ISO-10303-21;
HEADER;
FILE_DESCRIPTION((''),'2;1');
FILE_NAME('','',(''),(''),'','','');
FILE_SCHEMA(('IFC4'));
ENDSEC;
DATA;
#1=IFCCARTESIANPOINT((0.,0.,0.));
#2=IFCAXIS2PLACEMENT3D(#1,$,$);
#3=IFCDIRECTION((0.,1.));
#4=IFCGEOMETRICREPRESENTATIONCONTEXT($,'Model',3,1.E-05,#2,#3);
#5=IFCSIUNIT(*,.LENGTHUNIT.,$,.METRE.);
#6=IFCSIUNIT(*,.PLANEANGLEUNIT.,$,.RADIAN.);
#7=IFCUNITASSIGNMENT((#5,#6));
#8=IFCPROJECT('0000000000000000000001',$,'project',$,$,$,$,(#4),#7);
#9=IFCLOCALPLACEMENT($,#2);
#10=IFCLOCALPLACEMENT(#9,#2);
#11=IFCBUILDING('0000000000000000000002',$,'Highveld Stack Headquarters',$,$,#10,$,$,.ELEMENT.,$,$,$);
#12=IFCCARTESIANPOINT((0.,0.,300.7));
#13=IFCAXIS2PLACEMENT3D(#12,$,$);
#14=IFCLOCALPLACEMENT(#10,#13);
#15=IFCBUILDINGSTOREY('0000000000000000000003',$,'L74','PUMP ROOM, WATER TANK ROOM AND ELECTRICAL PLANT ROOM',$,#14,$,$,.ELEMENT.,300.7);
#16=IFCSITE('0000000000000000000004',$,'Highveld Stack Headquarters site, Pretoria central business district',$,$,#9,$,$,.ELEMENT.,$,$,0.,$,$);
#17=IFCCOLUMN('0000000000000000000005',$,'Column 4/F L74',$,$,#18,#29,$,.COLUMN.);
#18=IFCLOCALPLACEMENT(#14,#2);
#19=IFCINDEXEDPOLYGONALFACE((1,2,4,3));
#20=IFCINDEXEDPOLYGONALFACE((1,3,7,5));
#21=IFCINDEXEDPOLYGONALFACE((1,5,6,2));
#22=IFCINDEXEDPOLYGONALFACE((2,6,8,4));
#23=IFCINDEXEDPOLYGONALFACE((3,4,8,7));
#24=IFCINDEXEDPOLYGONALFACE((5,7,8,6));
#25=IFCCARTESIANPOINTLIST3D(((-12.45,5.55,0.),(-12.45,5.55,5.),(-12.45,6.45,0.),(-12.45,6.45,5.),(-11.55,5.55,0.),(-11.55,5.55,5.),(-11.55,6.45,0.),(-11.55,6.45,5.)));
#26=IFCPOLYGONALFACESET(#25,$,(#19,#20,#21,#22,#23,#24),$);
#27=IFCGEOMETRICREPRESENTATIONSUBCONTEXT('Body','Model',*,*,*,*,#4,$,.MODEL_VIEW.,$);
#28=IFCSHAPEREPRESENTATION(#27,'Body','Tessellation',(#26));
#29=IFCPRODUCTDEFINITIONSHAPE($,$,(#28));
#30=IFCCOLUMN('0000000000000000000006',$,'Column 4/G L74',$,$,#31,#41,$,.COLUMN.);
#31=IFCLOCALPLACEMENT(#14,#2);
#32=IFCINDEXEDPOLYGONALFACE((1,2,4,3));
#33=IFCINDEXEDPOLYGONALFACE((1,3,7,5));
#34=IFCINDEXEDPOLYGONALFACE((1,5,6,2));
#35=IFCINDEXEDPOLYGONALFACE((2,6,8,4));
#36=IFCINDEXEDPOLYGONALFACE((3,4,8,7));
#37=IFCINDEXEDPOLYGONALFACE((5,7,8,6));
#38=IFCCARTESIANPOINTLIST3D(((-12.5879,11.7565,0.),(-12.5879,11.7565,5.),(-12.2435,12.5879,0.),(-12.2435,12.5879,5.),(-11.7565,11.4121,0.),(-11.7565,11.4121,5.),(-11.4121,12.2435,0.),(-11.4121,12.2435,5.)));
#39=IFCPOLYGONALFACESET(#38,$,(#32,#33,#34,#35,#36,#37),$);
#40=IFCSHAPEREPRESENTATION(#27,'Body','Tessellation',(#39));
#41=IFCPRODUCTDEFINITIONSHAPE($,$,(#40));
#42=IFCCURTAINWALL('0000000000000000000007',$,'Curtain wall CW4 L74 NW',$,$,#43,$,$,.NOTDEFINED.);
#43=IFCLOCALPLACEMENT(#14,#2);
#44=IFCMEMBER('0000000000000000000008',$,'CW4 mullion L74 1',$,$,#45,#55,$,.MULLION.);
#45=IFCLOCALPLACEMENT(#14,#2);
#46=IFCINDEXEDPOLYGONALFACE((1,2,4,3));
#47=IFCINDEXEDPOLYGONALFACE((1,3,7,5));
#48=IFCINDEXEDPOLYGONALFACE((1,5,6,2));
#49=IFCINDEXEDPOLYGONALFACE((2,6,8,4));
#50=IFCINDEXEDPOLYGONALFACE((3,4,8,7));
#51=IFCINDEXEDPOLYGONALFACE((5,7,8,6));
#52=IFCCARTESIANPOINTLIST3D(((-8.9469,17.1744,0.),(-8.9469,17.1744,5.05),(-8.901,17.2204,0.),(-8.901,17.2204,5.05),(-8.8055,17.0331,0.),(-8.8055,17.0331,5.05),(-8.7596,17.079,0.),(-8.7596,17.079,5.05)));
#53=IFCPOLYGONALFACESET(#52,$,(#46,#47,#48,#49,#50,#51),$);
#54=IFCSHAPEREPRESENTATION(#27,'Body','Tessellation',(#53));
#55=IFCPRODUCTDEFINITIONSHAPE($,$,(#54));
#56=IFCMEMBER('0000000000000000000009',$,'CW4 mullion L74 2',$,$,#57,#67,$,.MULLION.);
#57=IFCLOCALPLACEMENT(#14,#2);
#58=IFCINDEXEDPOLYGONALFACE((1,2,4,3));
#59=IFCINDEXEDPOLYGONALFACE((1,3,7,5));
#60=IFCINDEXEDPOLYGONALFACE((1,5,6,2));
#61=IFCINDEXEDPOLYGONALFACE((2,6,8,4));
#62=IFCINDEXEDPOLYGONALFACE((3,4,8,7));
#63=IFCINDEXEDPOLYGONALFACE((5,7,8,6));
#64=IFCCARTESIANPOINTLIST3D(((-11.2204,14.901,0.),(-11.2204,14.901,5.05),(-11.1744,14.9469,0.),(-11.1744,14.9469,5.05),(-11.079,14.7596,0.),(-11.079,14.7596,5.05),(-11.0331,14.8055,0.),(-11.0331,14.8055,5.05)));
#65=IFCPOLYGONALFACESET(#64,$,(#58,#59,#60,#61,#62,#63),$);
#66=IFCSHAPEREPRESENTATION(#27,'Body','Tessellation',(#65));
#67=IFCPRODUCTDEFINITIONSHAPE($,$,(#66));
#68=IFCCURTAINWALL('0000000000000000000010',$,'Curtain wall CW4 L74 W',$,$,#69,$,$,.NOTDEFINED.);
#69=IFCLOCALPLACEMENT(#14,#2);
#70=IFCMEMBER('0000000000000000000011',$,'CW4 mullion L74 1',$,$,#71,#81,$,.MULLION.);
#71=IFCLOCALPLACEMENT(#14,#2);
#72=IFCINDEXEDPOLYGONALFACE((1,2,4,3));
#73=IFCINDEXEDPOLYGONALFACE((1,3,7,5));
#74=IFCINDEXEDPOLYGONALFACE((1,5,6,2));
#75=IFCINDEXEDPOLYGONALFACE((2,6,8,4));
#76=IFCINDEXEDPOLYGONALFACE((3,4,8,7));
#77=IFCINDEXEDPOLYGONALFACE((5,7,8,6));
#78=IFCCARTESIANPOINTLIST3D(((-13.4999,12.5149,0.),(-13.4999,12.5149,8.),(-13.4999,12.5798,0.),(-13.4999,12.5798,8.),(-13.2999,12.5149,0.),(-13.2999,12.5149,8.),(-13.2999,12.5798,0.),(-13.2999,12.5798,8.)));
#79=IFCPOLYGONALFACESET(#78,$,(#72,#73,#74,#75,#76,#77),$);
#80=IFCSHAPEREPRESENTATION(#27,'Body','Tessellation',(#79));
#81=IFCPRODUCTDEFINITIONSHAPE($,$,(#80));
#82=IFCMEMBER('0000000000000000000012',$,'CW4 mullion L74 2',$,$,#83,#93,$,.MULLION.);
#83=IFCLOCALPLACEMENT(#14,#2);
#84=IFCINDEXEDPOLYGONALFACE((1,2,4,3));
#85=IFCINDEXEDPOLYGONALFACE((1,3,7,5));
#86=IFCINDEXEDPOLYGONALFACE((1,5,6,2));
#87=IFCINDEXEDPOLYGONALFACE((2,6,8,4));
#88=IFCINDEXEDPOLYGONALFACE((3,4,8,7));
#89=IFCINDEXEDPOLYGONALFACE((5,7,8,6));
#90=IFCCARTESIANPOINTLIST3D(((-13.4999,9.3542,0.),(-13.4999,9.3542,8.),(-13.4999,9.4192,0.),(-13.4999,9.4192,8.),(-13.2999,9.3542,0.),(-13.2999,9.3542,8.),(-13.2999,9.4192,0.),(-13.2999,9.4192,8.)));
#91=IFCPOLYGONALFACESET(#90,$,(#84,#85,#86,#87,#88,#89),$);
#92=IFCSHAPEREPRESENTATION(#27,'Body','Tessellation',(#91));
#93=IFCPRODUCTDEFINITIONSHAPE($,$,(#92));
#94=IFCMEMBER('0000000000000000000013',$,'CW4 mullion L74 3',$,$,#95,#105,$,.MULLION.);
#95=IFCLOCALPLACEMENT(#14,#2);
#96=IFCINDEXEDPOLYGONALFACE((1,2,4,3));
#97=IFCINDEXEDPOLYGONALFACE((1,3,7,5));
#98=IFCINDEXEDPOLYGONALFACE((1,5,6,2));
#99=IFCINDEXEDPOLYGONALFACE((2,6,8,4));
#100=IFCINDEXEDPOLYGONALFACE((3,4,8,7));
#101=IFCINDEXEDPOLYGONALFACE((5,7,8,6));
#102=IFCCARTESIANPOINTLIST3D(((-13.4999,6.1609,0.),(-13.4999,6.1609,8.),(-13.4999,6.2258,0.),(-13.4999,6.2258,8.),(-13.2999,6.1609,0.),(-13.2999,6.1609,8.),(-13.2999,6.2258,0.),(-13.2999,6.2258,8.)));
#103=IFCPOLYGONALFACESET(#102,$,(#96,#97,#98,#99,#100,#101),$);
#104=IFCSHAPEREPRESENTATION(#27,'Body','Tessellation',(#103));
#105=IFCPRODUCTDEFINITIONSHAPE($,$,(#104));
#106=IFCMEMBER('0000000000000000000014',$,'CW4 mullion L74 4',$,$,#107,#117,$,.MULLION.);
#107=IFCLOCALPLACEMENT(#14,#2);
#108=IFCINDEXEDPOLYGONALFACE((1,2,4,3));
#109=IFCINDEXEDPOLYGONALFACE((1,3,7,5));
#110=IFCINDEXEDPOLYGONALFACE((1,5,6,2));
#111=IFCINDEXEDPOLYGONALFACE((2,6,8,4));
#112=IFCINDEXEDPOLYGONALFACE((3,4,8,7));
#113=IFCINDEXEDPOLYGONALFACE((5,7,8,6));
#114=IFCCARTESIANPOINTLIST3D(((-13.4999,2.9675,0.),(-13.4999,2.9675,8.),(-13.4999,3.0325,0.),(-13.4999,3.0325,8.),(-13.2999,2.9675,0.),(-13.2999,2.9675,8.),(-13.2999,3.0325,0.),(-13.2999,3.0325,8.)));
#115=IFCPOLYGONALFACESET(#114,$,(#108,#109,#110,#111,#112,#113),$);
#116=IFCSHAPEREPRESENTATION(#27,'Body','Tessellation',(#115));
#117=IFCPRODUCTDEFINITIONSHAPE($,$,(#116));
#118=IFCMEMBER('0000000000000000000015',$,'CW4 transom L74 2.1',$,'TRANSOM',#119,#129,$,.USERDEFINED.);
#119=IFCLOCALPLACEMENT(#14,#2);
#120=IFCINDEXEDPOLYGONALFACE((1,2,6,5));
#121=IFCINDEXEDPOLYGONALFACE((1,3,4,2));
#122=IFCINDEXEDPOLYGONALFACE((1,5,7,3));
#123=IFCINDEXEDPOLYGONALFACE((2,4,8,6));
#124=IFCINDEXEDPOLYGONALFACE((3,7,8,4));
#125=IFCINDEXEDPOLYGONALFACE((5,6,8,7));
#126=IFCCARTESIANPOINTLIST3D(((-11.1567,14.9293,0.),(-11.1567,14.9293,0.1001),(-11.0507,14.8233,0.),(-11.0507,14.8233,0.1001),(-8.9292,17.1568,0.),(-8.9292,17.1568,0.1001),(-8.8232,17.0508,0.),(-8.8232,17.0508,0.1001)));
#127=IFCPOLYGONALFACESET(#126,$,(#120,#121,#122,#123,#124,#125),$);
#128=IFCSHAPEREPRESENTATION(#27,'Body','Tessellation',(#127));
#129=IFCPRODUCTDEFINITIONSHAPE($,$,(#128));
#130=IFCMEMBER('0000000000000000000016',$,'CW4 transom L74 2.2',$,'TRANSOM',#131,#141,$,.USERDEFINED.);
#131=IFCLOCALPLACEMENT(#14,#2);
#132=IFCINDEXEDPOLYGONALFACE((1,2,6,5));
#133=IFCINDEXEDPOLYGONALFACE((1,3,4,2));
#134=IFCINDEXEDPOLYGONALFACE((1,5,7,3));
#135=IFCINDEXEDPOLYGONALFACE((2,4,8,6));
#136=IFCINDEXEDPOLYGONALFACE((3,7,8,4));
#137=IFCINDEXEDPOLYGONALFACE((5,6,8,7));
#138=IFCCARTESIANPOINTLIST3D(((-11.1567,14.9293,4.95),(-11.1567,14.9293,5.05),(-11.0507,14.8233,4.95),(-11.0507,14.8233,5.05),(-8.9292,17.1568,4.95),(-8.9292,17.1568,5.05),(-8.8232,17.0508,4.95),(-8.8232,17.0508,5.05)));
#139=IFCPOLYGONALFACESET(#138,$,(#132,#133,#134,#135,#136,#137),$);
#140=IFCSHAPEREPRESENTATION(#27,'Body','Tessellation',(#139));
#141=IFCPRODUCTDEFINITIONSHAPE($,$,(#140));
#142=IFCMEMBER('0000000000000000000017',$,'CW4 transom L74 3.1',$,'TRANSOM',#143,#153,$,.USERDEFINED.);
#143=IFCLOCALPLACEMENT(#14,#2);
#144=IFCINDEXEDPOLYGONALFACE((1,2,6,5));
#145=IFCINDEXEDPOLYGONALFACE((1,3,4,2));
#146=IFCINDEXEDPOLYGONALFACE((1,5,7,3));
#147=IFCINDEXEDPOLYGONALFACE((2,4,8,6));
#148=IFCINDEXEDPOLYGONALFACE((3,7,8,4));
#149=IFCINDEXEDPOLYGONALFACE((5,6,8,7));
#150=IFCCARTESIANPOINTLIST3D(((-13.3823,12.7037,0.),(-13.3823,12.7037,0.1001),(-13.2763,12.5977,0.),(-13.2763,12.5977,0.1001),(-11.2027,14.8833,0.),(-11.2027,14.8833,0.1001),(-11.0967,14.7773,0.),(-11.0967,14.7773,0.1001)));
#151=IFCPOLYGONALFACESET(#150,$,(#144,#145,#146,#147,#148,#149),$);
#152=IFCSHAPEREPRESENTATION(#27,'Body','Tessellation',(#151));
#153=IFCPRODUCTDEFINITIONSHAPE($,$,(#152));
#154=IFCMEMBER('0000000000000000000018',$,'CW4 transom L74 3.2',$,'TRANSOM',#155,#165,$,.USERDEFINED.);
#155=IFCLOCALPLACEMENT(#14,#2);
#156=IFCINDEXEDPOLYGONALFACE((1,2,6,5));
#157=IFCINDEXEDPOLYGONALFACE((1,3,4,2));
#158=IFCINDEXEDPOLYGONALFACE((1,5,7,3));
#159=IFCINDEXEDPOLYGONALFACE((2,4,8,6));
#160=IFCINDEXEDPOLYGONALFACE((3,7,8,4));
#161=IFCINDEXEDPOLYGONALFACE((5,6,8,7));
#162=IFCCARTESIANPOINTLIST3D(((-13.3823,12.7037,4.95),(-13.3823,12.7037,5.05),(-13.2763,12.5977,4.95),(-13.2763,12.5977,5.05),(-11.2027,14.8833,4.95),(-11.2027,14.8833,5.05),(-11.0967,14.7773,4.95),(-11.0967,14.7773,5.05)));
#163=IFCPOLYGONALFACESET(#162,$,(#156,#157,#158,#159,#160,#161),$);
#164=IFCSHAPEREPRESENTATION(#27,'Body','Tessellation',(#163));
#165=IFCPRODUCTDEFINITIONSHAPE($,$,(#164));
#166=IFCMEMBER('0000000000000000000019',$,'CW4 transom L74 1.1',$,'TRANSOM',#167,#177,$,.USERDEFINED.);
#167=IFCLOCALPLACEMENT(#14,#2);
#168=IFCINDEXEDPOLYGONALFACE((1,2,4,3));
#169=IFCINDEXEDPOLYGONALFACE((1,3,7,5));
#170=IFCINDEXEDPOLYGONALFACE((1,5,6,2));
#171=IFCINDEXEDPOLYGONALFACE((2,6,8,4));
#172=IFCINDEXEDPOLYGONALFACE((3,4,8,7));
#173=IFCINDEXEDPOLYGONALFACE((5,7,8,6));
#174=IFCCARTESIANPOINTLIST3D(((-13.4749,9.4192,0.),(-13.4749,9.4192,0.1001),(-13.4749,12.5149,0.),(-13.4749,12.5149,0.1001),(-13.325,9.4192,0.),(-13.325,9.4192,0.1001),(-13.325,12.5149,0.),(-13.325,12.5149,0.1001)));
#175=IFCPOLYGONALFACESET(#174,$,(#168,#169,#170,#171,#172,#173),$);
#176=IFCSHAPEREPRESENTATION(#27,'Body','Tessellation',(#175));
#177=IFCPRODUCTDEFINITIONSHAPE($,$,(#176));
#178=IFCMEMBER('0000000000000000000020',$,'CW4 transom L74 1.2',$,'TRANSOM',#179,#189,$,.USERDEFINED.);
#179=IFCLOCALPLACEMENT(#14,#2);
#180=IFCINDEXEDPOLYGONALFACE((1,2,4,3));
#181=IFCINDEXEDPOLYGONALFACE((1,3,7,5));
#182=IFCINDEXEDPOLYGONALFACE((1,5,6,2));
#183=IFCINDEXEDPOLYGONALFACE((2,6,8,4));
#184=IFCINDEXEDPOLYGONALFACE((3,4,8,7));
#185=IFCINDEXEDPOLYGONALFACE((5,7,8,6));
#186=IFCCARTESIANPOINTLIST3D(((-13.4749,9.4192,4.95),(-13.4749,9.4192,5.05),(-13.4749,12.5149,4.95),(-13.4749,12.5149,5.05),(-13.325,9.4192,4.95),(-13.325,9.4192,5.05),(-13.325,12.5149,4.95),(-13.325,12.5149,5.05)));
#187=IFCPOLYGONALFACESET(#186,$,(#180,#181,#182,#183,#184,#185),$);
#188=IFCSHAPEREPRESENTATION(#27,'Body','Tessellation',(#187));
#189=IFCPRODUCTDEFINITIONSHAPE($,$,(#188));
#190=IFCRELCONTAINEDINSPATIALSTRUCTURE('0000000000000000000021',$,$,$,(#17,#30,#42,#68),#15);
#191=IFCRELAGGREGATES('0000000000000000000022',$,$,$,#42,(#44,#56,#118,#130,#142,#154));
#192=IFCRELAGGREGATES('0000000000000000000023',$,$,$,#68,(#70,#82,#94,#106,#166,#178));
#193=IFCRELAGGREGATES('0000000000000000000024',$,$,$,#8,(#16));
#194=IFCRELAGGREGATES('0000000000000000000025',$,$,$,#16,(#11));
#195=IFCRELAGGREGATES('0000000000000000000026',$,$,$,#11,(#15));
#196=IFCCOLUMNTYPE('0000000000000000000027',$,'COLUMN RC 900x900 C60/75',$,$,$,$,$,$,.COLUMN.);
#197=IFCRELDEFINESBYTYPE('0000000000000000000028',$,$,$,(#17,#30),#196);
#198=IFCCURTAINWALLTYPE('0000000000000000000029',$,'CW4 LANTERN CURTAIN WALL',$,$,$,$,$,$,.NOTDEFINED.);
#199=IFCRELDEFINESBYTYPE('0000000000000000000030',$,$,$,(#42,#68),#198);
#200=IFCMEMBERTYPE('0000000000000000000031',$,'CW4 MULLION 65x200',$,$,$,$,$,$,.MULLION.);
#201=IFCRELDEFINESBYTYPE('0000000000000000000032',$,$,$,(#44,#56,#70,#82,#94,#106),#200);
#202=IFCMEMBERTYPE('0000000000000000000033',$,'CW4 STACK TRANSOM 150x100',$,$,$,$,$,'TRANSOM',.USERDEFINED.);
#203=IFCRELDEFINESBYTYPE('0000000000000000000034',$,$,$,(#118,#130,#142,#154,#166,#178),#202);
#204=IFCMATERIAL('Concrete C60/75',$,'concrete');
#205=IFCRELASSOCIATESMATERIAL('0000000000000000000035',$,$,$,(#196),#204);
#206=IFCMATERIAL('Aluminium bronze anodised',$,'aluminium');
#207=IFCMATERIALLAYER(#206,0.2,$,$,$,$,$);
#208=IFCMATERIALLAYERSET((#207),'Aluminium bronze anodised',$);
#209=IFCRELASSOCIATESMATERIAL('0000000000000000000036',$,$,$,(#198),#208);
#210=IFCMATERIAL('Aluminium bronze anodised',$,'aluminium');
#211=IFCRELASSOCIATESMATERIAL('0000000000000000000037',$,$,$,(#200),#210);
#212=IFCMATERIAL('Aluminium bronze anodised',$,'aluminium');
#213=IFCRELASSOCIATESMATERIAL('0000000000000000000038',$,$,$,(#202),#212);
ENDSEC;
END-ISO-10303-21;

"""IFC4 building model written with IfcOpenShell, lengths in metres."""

from ifc_helpers import new_model, si_unit, direction, frame, origin, origin_2d, place, context, subcontext, project, spatial, rectangle, extrude, material, layer, layer_set, material_profile, profile_set, type_object, element, aggregate, save


model = new_model("IFC4")

# Units and contexts
model_context = context("Model", 3, precision=1e-05, world=origin(), true_north=direction((0.0, 1.0)))
body_context = subcontext(model_context, "Body", "Model", "MODEL_VIEW")
ifc_project = project(units=[si_unit("LENGTHUNIT", "METRE"), si_unit("PLANEANGLEUNIT", "RADIAN")], contexts=[model_context])

# Site, building, storey
site_placement = place(None, origin())
site = spatial("IfcSite", under=ifc_project, at=site_placement, Name="Highveld Stack Headquarters site, Pretoria central business district", CompositionType="ELEMENT", RefElevation=0.0)
building_placement = place(site_placement, origin())
building = spatial("IfcBuilding", under=site, at=building_placement, Name="Highveld Stack Headquarters", CompositionType="ELEMENT")
storey_placement = place(building_placement, frame((0.0, 0.0, 300.7)))
storey = spatial("IfcBuildingStorey", under=building, at=storey_placement, Name="L74", Description="PUMP ROOM, WATER TANK ROOM AND ELECTRICAL PLANT ROOM", CompositionType="ELEMENT", Elevation=300.7)

# Columns
ifc_material_1 = material(Name="Concrete C60/75", Category="concrete")
ifc_material_profile_1 = material_profile(ifc_material_1, rectangle(XDim=0.8999, YDim=0.8999, at=origin_2d()), Name="RC 900x900")
ifc_profile_set_1 = profile_set([ifc_material_profile_1], Name="Concrete C60/75")
column_type = type_object("IfcColumnType", Name="COLUMN RC 900x900 C60/75", PredefinedType="COLUMN", material=ifc_profile_set_1)
for number, where, z_axis, x_axis, name in (
    (1, (-12.0, 6.0, 0.0), (0.0, 0.0, 1.0), (0.0, 1.0, 0.0), "Column 4/F L74"),
    (2, (-12.0, 12.0, 0.0), (0.0, 0.0, 1.0), (0.382683, 0.92388, 0.0), "Column 4/G L74"),
):
    element("IfcColumn", number, at=place(storey_placement, frame(where, z_axis=z_axis, x_axis=x_axis)), inside=storey, type_object=column_type, Name=name, PredefinedType="COLUMN", context=body_context, shape_type="SweptSolid", body=[
        extrude(rectangle(XDim=0.8999, YDim=0.8999, at=origin_2d()), origin(), (0.0, 0.0, 1.0), 5.0),
    ])

# Curtain walls, members
ifc_material_2 = material(Name="Aluminium bronze anodised", Category="aluminium")
ifc_layer_1 = layer(ifc_material_2, 0.2)
ifc_layer_set_1 = layer_set([ifc_layer_1], Name="Aluminium bronze anodised")
curtain_wall_type = type_object("IfcCurtainWallType", Name="CW4 LANTERN CURTAIN WALL", PredefinedType="NOTDEFINED", material=ifc_layer_set_1)
curtain_wall_1_placement = place(storey_placement, origin())
curtain_wall_1 = element("IfcCurtainWall", 3, at=curtain_wall_1_placement, inside=storey, type_object=curtain_wall_type, Name="Curtain wall CW4 L74 NW", PredefinedType="NOTDEFINED")
ifc_material_3 = material(Name="Aluminium bronze anodised", Category="aluminium")
ifc_material_profile_2 = material_profile(ifc_material_3, rectangle(XDim=0.2, YDim=0.0649, at=origin_2d()), Name="CW4 MULLION 65x200")
ifc_profile_set_2 = profile_set([ifc_material_profile_2], Name="Aluminium bronze anodised")
member_type_1 = type_object("IfcMemberType", Name="CW4 MULLION 65x200", PredefinedType="MULLION", material=ifc_profile_set_2)
member_1_placement = place(storey_placement, frame((-8.8533, 17.1267, 0.0), z_axis=(0.0, 0.0, 1.0), x_axis=(0.707107, -0.707107, 0.0)))
member_1 = element("IfcMember", 4, at=member_1_placement, type_object=member_type_1, Name="CW4 mullion L74 1", PredefinedType="MULLION", context=body_context, shape_type="SweptSolid", body=[
    extrude(rectangle(XDim=0.2, YDim=0.0649, at=origin_2d()), origin(), (0.0, 0.0, 1.0), 5.05),
])
member_2_placement = place(storey_placement, frame((-11.1267, 14.8533, 0.0), z_axis=(0.0, 0.0, 1.0), x_axis=(0.707107, -0.707107, 0.0)))
member_2 = element("IfcMember", 5, at=member_2_placement, type_object=member_type_1, Name="CW4 mullion L74 2", PredefinedType="MULLION", context=body_context, shape_type="SweptSolid", body=[
    extrude(rectangle(XDim=0.2, YDim=0.0649, at=origin_2d()), origin(), (0.0, 0.0, 1.0), 5.05),
])
curtain_wall_2_placement = place(storey_placement, origin())
curtain_wall_2 = element("IfcCurtainWall", 6, at=curtain_wall_2_placement, inside=storey, type_object=curtain_wall_type, Name="Curtain wall CW4 L74 W", PredefinedType="NOTDEFINED")
member_3_placement = place(storey_placement, frame((-13.3999, 12.5474, 0.0), z_axis=(0.0, 0.0, 1.0), x_axis=(1.0, 0.0, 0.0)))
member_3 = element("IfcMember", 7, at=member_3_placement, type_object=member_type_1, Name="CW4 mullion L74 1", PredefinedType="MULLION", context=body_context, shape_type="SweptSolid", body=[
    extrude(rectangle(XDim=0.2, YDim=0.0649, at=origin_2d()), origin(), (0.0, 0.0, 1.0), 8.0),
])
member_4_placement = place(storey_placement, frame((-13.3999, 9.3867, 0.0), z_axis=(0.0, 0.0, 1.0), x_axis=(1.0, 0.0, 0.0)))
member_4 = element("IfcMember", 8, at=member_4_placement, type_object=member_type_1, Name="CW4 mullion L74 2", PredefinedType="MULLION", context=body_context, shape_type="SweptSolid", body=[
    extrude(rectangle(XDim=0.2, YDim=0.0649, at=origin_2d()), origin(), (0.0, 0.0, 1.0), 8.0),
])
member_5_placement = place(storey_placement, frame((-13.3999, 6.1934, 0.0), z_axis=(0.0, 0.0, 1.0), x_axis=(1.0, 0.0, 0.0)))
member_5 = element("IfcMember", 9, at=member_5_placement, type_object=member_type_1, Name="CW4 mullion L74 3", PredefinedType="MULLION", context=body_context, shape_type="SweptSolid", body=[
    extrude(rectangle(XDim=0.2, YDim=0.0649, at=origin_2d()), origin(), (0.0, 0.0, 1.0), 8.0),
])
member_6_placement = place(storey_placement, frame((-13.3999, 3.0, 0.0), z_axis=(0.0, 0.0, 1.0), x_axis=(1.0, 0.0, 0.0)))
member_6 = element("IfcMember", 10, at=member_6_placement, type_object=member_type_1, Name="CW4 mullion L74 4", PredefinedType="MULLION", context=body_context, shape_type="SweptSolid", body=[
    extrude(rectangle(XDim=0.2, YDim=0.0649, at=origin_2d()), origin(), (0.0, 0.0, 1.0), 8.0),
])

# Members
ifc_material_4 = material(Name="Aluminium bronze anodised", Category="aluminium")
ifc_material_profile_3 = material_profile(ifc_material_4, rectangle(XDim=0.1499, YDim=0.1001, at=origin_2d()), Name="CW4 TRANSOM 150x100")
ifc_profile_set_3 = profile_set([ifc_material_profile_3], Name="Aluminium bronze anodised")
member_type_2 = type_object("IfcMemberType", Name="CW4 STACK TRANSOM 150x100", ElementType="TRANSOM", PredefinedType="USERDEFINED", material=ifc_profile_set_3)
member_7_placement = place(storey_placement, frame((-8.8762, 17.1038, 0.05), z_axis=(-0.707107, -0.707107, 0.0), x_axis=(0.707107, -0.707107, 0.0)))
member_7 = element("IfcMember", 11, at=member_7_placement, type_object=member_type_2, Name="CW4 transom L74 2.1", ObjectType="TRANSOM", PredefinedType="USERDEFINED", context=body_context, shape_type="SweptSolid", body=[
    extrude(rectangle(XDim=0.1499, YDim=0.1001, at=origin_2d()), origin(), (0.0, 0.0, 1.0), 3.1501),
])
member_8_placement = place(storey_placement, frame((-8.8762, 17.1038, 5.0), z_axis=(-0.707107, -0.707107, 0.0), x_axis=(0.707107, -0.707107, 0.0)))
member_8 = element("IfcMember", 12, at=member_8_placement, type_object=member_type_2, Name="CW4 transom L74 2.2", ObjectType="TRANSOM", PredefinedType="USERDEFINED", context=body_context, shape_type="SweptSolid", body=[
    extrude(rectangle(XDim=0.1499, YDim=0.1001, at=origin_2d()), origin(), (0.0, 0.0, 1.0), 3.1501),
])
member_9_placement = place(storey_placement, frame((-11.1497, 14.8303, 0.05), z_axis=(-0.707107, -0.707107, 0.0), x_axis=(0.707107, -0.707107, 0.0)))
member_9 = element("IfcMember", 13, at=member_9_placement, type_object=member_type_2, Name="CW4 transom L74 3.1", ObjectType="TRANSOM", PredefinedType="USERDEFINED", context=body_context, shape_type="SweptSolid", body=[
    extrude(rectangle(XDim=0.1499, YDim=0.1001, at=origin_2d()), origin(), (0.0, 0.0, 1.0), 3.0825),
])
member_10_placement = place(storey_placement, frame((-11.1497, 14.8303, 5.0), z_axis=(-0.707107, -0.707107, 0.0), x_axis=(0.707107, -0.707107, 0.0)))
member_10 = element("IfcMember", 14, at=member_10_placement, type_object=member_type_2, Name="CW4 transom L74 3.2", ObjectType="TRANSOM", PredefinedType="USERDEFINED", context=body_context, shape_type="SweptSolid", body=[
    extrude(rectangle(XDim=0.1499, YDim=0.1001, at=origin_2d()), origin(), (0.0, 0.0, 1.0), 3.0825),
])
member_11_placement = place(storey_placement, frame((-13.3999, 12.5149, 0.05), z_axis=(0.0, -1.0, 0.0), x_axis=(1.0, 0.0, 0.0)))
member_11 = element("IfcMember", 15, at=member_11_placement, type_object=member_type_2, Name="CW4 transom L74 1.1", ObjectType="TRANSOM", PredefinedType="USERDEFINED", context=body_context, shape_type="SweptSolid", body=[
    extrude(rectangle(XDim=0.1499, YDim=0.1001, at=origin_2d()), origin(), (0.0, 0.0, 1.0), 3.0957),
])
member_12_placement = place(storey_placement, frame((-13.3999, 12.5149, 5.0), z_axis=(0.0, -1.0, 0.0), x_axis=(1.0, 0.0, 0.0)))
member_12 = element("IfcMember", 16, at=member_12_placement, type_object=member_type_2, Name="CW4 transom L74 1.2", ObjectType="TRANSOM", PredefinedType="USERDEFINED", context=body_context, shape_type="SweptSolid", body=[
    extrude(rectangle(XDim=0.1499, YDim=0.1001, at=origin_2d()), origin(), (0.0, 0.0, 1.0), 3.0957),
])

aggregate(curtain_wall_1, [member_1, member_2, member_7, member_8, member_9, member_10])
aggregate(curtain_wall_2, [member_3, member_4, member_5, member_6, member_11, member_12])

save(model, "model.ifc")
